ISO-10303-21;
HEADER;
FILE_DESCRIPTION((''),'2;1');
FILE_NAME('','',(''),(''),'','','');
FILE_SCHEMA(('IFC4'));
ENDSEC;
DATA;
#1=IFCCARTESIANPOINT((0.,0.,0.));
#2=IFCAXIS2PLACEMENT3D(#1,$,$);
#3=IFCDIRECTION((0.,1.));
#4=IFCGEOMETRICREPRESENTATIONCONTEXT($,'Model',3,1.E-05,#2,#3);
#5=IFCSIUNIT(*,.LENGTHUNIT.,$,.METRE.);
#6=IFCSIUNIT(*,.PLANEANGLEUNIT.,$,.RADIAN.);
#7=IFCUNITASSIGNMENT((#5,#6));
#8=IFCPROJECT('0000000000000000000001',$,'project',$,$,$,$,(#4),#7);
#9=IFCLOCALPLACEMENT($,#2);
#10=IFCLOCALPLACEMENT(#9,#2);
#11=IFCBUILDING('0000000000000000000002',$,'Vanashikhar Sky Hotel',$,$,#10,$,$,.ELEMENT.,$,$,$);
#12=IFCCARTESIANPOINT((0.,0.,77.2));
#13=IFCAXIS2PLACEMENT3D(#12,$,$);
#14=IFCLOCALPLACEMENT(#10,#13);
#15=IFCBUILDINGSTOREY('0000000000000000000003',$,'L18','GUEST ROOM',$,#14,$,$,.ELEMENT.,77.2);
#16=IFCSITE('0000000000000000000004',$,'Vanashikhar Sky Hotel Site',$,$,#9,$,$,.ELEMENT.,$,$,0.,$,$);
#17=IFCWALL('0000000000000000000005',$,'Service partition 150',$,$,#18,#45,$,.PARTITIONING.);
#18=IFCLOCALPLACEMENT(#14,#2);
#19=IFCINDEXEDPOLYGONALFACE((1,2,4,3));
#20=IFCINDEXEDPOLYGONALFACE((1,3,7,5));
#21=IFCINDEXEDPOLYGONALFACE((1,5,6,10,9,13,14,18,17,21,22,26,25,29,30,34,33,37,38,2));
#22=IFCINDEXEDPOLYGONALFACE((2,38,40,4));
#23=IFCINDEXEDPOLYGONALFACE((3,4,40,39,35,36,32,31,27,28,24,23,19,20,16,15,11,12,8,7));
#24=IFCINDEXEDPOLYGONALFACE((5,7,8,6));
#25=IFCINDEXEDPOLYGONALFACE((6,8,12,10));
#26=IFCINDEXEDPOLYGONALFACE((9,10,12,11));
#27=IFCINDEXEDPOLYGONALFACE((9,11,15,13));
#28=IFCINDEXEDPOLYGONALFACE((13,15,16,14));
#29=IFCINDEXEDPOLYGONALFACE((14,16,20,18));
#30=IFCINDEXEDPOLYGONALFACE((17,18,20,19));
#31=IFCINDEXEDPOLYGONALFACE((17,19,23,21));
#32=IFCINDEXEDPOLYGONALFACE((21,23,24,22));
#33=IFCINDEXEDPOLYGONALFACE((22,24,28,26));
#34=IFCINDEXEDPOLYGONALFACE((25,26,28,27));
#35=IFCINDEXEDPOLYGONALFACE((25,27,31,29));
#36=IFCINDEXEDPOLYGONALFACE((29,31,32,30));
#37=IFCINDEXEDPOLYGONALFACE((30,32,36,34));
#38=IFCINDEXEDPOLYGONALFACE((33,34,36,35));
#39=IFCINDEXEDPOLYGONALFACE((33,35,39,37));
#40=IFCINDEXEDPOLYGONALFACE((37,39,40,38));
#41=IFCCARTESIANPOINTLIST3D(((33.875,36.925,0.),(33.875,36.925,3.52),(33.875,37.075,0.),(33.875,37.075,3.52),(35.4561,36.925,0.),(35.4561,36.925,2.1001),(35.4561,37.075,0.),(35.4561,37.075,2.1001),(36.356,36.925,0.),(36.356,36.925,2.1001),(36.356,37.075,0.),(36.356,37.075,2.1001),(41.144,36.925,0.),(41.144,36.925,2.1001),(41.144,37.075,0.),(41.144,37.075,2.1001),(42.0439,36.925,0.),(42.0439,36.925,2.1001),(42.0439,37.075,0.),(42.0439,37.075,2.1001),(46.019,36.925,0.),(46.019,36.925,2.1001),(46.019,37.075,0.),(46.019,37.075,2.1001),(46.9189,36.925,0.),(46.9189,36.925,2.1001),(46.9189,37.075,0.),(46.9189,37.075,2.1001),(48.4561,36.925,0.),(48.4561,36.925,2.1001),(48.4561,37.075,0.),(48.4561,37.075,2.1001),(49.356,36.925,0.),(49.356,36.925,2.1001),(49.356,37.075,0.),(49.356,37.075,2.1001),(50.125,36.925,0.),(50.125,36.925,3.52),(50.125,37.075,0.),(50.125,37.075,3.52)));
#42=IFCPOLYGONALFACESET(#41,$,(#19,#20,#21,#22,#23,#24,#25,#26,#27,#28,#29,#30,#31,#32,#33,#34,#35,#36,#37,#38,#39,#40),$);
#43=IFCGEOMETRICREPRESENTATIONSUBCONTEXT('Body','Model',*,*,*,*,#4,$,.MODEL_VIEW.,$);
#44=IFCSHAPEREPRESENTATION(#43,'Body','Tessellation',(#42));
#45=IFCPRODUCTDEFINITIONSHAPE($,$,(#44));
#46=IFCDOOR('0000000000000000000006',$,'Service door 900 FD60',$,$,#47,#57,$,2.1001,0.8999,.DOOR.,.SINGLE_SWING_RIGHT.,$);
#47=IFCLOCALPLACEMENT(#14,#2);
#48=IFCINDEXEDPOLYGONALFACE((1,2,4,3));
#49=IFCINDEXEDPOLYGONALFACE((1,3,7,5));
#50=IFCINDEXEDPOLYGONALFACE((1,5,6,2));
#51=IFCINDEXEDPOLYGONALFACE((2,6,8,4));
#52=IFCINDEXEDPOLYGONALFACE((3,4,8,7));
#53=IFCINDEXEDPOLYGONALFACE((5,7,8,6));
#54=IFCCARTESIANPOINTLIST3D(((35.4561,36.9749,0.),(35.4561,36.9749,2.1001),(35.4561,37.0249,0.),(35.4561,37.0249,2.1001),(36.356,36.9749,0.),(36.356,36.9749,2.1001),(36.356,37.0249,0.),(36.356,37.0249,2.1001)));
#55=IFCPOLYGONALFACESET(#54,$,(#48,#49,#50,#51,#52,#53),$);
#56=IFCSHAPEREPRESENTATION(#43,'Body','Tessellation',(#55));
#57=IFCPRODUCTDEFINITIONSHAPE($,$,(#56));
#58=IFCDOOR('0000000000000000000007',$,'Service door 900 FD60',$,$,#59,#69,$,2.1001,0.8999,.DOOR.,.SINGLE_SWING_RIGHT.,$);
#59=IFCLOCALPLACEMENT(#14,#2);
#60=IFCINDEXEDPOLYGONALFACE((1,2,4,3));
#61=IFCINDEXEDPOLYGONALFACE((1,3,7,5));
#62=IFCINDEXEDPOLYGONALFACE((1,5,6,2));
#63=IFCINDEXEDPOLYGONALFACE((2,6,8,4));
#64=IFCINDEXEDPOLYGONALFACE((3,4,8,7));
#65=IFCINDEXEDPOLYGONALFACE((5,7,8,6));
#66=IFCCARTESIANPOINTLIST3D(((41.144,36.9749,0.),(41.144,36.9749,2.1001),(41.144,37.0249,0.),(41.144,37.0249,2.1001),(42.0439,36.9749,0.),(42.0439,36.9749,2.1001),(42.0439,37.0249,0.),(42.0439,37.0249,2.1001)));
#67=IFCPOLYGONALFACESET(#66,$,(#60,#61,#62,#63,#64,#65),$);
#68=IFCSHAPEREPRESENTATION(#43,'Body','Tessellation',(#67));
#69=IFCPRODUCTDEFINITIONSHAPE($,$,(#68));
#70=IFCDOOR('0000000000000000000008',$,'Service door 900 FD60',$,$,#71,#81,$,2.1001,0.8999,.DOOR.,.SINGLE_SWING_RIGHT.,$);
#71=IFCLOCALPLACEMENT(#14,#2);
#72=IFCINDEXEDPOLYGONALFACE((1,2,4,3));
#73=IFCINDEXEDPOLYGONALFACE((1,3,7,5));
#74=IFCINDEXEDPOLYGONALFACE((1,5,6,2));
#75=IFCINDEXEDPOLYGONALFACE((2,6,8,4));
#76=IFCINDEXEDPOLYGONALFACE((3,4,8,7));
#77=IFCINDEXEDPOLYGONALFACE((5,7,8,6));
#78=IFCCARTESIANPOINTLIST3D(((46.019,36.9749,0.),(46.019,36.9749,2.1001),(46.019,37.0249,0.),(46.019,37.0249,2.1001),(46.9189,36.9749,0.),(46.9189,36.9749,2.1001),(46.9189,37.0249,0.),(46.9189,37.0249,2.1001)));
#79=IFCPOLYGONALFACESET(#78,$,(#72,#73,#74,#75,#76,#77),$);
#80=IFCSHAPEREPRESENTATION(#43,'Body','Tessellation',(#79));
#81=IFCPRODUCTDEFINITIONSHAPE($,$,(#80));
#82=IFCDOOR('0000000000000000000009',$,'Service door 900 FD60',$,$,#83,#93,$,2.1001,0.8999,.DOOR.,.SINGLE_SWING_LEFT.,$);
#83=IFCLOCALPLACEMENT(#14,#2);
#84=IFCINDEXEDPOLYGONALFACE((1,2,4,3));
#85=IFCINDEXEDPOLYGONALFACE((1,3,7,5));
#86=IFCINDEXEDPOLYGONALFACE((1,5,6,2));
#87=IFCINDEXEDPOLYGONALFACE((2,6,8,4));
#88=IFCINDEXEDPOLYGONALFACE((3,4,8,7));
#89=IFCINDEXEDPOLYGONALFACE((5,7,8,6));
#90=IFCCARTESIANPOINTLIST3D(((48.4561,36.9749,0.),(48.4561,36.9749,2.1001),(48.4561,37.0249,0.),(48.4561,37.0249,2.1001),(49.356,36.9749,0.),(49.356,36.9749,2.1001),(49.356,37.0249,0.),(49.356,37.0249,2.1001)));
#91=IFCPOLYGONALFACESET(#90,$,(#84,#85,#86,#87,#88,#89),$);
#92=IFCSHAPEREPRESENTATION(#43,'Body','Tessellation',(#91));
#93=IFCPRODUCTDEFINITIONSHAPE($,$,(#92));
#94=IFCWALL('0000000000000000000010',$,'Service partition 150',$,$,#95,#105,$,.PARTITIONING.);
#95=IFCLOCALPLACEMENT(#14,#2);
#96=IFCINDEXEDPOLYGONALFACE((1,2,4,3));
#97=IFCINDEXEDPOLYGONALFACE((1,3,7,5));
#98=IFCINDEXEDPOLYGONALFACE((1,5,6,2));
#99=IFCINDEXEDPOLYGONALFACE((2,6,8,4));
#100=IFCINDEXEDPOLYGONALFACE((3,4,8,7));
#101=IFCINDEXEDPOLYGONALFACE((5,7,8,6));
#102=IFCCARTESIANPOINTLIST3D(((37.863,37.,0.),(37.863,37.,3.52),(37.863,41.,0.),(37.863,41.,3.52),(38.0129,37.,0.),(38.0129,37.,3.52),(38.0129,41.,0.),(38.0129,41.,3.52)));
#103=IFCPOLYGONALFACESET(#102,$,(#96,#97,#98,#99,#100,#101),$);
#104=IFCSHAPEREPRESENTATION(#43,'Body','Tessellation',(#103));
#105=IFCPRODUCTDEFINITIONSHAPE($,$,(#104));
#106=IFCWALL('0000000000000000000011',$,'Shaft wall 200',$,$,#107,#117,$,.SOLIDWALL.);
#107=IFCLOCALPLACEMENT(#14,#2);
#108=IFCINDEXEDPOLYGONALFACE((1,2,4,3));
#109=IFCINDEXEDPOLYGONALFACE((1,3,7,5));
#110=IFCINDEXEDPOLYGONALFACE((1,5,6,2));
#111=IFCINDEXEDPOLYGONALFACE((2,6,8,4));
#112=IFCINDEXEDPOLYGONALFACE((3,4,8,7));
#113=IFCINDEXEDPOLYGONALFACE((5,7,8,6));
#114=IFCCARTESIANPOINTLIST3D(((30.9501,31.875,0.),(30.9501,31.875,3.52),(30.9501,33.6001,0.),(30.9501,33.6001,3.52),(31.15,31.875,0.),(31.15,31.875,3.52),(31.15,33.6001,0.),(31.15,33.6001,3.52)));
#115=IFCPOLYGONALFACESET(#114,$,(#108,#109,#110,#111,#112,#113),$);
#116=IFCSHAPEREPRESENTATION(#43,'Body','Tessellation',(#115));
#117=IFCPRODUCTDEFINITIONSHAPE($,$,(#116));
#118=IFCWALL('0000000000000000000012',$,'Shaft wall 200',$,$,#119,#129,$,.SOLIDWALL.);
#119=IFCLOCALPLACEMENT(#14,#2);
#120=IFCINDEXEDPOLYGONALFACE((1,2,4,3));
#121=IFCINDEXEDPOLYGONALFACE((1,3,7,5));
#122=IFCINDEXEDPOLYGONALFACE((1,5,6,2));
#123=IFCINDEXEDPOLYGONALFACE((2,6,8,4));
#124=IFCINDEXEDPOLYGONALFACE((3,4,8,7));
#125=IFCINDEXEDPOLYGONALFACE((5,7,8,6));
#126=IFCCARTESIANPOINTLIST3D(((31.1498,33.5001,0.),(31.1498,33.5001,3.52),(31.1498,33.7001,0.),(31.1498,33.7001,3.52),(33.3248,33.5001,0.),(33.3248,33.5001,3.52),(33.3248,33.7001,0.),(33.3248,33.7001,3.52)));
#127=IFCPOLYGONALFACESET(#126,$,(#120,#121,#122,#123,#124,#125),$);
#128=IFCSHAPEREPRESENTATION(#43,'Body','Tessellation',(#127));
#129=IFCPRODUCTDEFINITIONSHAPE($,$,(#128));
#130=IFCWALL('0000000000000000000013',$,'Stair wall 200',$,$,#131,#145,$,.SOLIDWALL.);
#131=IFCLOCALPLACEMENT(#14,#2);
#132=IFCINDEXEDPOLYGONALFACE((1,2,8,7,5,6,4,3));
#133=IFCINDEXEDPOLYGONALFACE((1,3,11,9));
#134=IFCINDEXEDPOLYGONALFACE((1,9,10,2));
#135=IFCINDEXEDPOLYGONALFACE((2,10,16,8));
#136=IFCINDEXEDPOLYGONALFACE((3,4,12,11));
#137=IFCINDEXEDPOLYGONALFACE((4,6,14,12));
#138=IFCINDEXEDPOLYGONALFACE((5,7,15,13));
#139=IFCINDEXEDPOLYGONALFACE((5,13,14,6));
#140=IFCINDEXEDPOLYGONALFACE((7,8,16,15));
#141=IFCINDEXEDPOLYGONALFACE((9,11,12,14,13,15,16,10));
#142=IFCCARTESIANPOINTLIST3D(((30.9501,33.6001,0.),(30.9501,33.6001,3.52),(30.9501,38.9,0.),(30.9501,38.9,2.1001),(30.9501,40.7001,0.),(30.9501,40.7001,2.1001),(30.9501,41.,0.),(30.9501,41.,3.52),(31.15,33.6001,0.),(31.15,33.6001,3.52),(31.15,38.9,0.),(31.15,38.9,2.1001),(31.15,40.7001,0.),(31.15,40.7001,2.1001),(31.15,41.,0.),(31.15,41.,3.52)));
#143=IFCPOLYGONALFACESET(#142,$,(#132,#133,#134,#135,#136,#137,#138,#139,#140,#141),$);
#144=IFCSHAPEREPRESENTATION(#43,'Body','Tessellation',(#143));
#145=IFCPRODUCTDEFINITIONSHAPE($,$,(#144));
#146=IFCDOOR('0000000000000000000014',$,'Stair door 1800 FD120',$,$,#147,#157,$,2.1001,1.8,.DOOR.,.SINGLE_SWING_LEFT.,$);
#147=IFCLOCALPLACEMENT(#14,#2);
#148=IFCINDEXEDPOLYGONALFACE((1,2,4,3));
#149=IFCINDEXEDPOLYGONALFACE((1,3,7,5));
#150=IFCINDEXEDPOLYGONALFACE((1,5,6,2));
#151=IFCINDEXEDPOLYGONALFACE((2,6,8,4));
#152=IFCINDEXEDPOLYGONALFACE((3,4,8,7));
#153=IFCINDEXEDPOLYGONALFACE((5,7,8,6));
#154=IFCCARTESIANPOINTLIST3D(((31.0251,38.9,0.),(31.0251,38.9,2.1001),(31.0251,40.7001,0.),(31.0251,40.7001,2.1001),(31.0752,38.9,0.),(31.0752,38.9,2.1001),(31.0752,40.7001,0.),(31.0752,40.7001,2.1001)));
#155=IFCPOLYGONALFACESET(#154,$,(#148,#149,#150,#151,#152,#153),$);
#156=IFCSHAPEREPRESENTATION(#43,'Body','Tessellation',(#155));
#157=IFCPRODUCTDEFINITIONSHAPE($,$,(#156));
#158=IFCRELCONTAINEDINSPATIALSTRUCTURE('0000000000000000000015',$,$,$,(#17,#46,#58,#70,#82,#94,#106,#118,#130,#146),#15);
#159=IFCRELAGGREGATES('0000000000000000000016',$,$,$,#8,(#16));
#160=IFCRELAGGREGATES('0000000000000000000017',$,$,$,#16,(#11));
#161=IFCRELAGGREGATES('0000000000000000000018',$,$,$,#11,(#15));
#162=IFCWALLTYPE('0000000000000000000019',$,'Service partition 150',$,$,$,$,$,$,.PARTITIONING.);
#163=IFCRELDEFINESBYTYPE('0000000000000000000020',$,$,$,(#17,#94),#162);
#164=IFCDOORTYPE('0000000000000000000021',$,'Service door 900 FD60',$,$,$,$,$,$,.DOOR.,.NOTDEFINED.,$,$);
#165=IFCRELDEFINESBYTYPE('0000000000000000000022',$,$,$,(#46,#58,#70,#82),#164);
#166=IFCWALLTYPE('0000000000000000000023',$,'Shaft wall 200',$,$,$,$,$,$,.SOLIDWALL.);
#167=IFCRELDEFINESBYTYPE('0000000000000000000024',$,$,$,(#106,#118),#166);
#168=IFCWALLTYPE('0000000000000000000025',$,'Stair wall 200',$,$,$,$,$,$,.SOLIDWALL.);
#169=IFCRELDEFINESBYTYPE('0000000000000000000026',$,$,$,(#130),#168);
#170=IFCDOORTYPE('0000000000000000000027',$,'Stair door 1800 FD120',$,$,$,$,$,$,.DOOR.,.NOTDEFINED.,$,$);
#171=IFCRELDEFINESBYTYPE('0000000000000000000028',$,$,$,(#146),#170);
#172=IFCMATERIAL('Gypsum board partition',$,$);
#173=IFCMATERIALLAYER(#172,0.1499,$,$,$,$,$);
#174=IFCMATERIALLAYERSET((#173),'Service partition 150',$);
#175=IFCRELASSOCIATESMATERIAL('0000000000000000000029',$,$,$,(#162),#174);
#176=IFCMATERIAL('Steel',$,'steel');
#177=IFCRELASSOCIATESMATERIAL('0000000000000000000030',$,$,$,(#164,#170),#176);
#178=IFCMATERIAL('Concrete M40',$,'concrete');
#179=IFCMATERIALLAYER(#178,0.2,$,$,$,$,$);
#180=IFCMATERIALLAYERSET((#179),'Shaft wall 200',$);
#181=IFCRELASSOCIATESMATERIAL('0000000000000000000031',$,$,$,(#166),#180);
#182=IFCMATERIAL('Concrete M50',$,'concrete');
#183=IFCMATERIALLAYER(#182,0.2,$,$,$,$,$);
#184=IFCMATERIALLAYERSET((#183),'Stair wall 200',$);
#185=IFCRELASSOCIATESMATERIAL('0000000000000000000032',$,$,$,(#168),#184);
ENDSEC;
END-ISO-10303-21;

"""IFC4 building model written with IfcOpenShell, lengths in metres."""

from ifc_helpers import new_model, si_unit, direction, frame, frame_2d, origin, place, context, subcontext, project, spatial, rectangle, extrude, source, transform, mapped, material, layer, layer_set, type_object, element, fill, save


model = new_model("IFC4")

# Units and contexts
model_context = context("Model", 3, precision=1e-05, world=origin(), true_north=direction((0.0, 1.0)))
body_context = subcontext(model_context, "Body", "Model", "MODEL_VIEW")
ifc_project = project(units=[si_unit("LENGTHUNIT", "METRE"), si_unit("PLANEANGLEUNIT", "RADIAN")], contexts=[model_context])

# Site, building, storey
site_placement = place(None, origin())
site = spatial("IfcSite", under=ifc_project, at=site_placement, Name="Vanashikhar Sky Hotel Site", CompositionType="ELEMENT", RefElevation=0.0)
building_placement = place(site_placement, origin())
building = spatial("IfcBuilding", under=site, at=building_placement, Name="Vanashikhar Sky Hotel", CompositionType="ELEMENT")
storey_placement = place(building_placement, frame((0.0, 0.0, 77.2)))
storey = spatial("IfcBuildingStorey", under=building, at=storey_placement, Name="L18", Description="GUEST ROOM", CompositionType="ELEMENT", Elevation=77.2)

# Shared definitions
ifc_material_1 = material(Name="Steel", Category="steel")

# Shared definitions
ifc_material_2 = material(Name="Gypsum board partition")
ifc_layer_1 = layer(ifc_material_2, 0.1499)
ifc_layer_set_1 = layer_set([ifc_layer_1], Name="Service partition 150")
wall_type_1 = type_object("IfcWallType", Name="Service partition 150", PredefinedType="PARTITIONING", material=ifc_layer_set_1)

# Wall, openings, doors
shared_shape_1 = source(origin(), body_context, "Body", "SweptSolid", [
    extrude(rectangle(XDim=0.8999, YDim=2.1001, at=frame_2d((0.45, 1.05))), frame((0.0, 0.085, 0.0), z_axis=(0.0, -1.0, 0.0), x_axis=(1.0, 0.0, 0.0)), (0.0, 0.0, 1.0), 0.1699),
])
door_type_1 = type_object("IfcDoorType", Name="Service door 900 FD60", OperationType="NOTDEFINED", PredefinedType="DOOR", material=ifc_material_1)
shared_shape_2 = source(origin(), body_context, "Body", "SweptSolid", [
    extrude(rectangle(XDim=0.8999, YDim=2.1001, at=frame_2d((0.45, 1.05))), frame((0.0, 0.0249, 0.0), z_axis=(0.0, -1.0, 0.0), x_axis=(1.0, 0.0, 0.0)), (0.0, 0.0, 1.0), 0.05),
])
shared_shape_3 = source(origin(), body_context, "Body", "SweptSolid", [
    extrude(rectangle(XDim=16.25, YDim=0.1499, at=frame_2d((8.125, 0.0))), origin(), (0.0, 0.0, 1.0), 3.52),
])
wall_1_placement = place(storey_placement, frame((33.875, 37.0, 0.0), z_axis=(0.0, 0.0, 1.0), x_axis=(1.0, 0.0, 0.0)))
wall_1 = element("IfcWall", 1, at=wall_1_placement, inside=storey, type_object=wall_type_1, Name="Service partition 150", PredefinedType="PARTITIONING", context=body_context, shape_type="MappedRepresentation", body=[
    mapped(shared_shape_3, transform((0.0, 0.0, 0.0), scale=1.0)),
])
opening_1_placement = place(wall_1_placement, frame((1.5811, 0.0, 0.0)))
opening_1 = element("IfcOpeningElement", 2, at=opening_1_placement, cuts=wall_1, PredefinedType="OPENING", context=body_context, shape_type="MappedRepresentation", body=[
    mapped(shared_shape_1, transform((0.0, 0.0, 0.0), scale=1.0)),
])
opening_2_placement = place(wall_1_placement, frame((7.269, 0.0, 0.0)))
opening_2 = element("IfcOpeningElement", 3, at=opening_2_placement, cuts=wall_1, PredefinedType="OPENING", context=body_context, shape_type="MappedRepresentation", body=[
    mapped(shared_shape_1, transform((0.0, 0.0, 0.0), scale=1.0)),
])
opening_3_placement = place(wall_1_placement, frame((12.144, 0.0, 0.0)))
opening_3 = element("IfcOpeningElement", 4, at=opening_3_placement, cuts=wall_1, PredefinedType="OPENING", context=body_context, shape_type="MappedRepresentation", body=[
    mapped(shared_shape_1, transform((0.0, 0.0, 0.0), scale=1.0)),
])
opening_4_placement = place(wall_1_placement, frame((14.5811, 0.0, 0.0)))
opening_4 = element("IfcOpeningElement", 5, at=opening_4_placement, cuts=wall_1, PredefinedType="OPENING", context=body_context, shape_type="MappedRepresentation", body=[
    mapped(shared_shape_1, transform((0.0, 0.0, 0.0), scale=1.0)),
])
door_1_placement = place(opening_1_placement, origin())
door_1 = element("IfcDoor", 6, at=door_1_placement, inside=storey, type_object=door_type_1, Name="Service door 900 FD60", OperationType="SINGLE_SWING_RIGHT", OverallHeight=2.1001, OverallWidth=0.8999, PredefinedType="DOOR", context=body_context, shape_type="MappedRepresentation", body=[
    mapped(shared_shape_2, transform((0.0, 0.0, 0.0), scale=1.0)),
])
fill(opening_1, door_1)
door_2_placement = place(opening_2_placement, origin())
door_2 = element("IfcDoor", 7, at=door_2_placement, inside=storey, type_object=door_type_1, Name="Service door 900 FD60", OperationType="SINGLE_SWING_RIGHT", OverallHeight=2.1001, OverallWidth=0.8999, PredefinedType="DOOR", context=body_context, shape_type="MappedRepresentation", body=[
    mapped(shared_shape_2, transform((0.0, 0.0, 0.0), scale=1.0)),
])
fill(opening_2, door_2)
door_3_placement = place(opening_3_placement, origin())
door_3 = element("IfcDoor", 8, at=door_3_placement, inside=storey, type_object=door_type_1, Name="Service door 900 FD60", OperationType="SINGLE_SWING_RIGHT", OverallHeight=2.1001, OverallWidth=0.8999, PredefinedType="DOOR", context=body_context, shape_type="MappedRepresentation", body=[
    mapped(shared_shape_2, transform((0.0, 0.0, 0.0), scale=1.0)),
])
fill(opening_3, door_3)
door_4_placement = place(opening_4_placement, origin())
door_4 = element("IfcDoor", 9, at=door_4_placement, inside=storey, type_object=door_type_1, Name="Service door 900 FD60", OperationType="SINGLE_SWING_LEFT", OverallHeight=2.1001, OverallWidth=0.8999, PredefinedType="DOOR", context=body_context, shape_type="MappedRepresentation", body=[
    mapped(shared_shape_2, transform((0.0, 0.0, 0.0), scale=1.0)),
])
fill(opening_4, door_4)

# Walls
shared_shape_4 = source(origin(), body_context, "Body", "SweptSolid", [
    extrude(rectangle(XDim=4.0, YDim=0.1499, at=frame_2d((2.0, 0.0))), origin(), (0.0, 0.0, 1.0), 3.52),
])
wall_2_placement = place(storey_placement, frame((37.938, 37.0, 0.0), z_axis=(0.0, 0.0, 1.0), x_axis=(0.0, 1.0, 0.0)))
element("IfcWall", 10, at=wall_2_placement, inside=storey, type_object=wall_type_1, Name="Service partition 150", PredefinedType="PARTITIONING", context=body_context, shape_type="MappedRepresentation", body=[
    mapped(shared_shape_4, transform((0.0, 0.0, 0.0), scale=1.0)),
])
ifc_material_3 = material(Name="Concrete M40", Category="concrete")
ifc_layer_2 = layer(ifc_material_3, 0.2)
ifc_layer_set_2 = layer_set([ifc_layer_2], Name="Shaft wall 200")
wall_type_2 = type_object("IfcWallType", Name="Shaft wall 200", PredefinedType="SOLIDWALL", material=ifc_layer_set_2)
shared_shape_5 = source(origin(), body_context, "Body", "SweptSolid", [
    extrude(rectangle(XDim=1.7251, YDim=0.2, at=frame_2d((0.8625, 0.0))), origin(), (0.0, 0.0, 1.0), 3.52),
])
wall_3_placement = place(storey_placement, frame((31.05, 31.875, 0.0), z_axis=(0.0, 0.0, 1.0), x_axis=(0.0, 1.0, 0.0)))
element("IfcWall", 11, at=wall_3_placement, inside=storey, type_object=wall_type_2, Name="Shaft wall 200", PredefinedType="SOLIDWALL", context=body_context, shape_type="MappedRepresentation", body=[
    mapped(shared_shape_5, transform((0.0, 0.0, 0.0), scale=1.0)),
])
shared_shape_6 = source(origin(), body_context, "Body", "SweptSolid", [
    extrude(rectangle(XDim=2.175, YDim=0.2, at=frame_2d((1.0874, 0.0))), origin(), (0.0, 0.0, 1.0), 3.52),
])
wall_4_placement = place(storey_placement, frame((31.1499, 33.6001, 0.0), z_axis=(0.0, 0.0, 1.0), x_axis=(1.0, 0.0, 0.0)))
element("IfcWall", 12, at=wall_4_placement, inside=storey, type_object=wall_type_2, Name="Shaft wall 200", PredefinedType="SOLIDWALL", context=body_context, shape_type="MappedRepresentation", body=[
    mapped(shared_shape_6, transform((0.0, 0.0, 0.0), scale=1.0)),
])

# Wall, opening, door
ifc_material_4 = material(Name="Concrete M50", Category="concrete")
ifc_layer_3 = layer(ifc_material_4, 0.2)
ifc_layer_set_3 = layer_set([ifc_layer_3], Name="Stair wall 200")
wall_type_3 = type_object("IfcWallType", Name="Stair wall 200", PredefinedType="SOLIDWALL", material=ifc_layer_set_3)
shared_shape_7 = source(origin(), body_context, "Body", "SweptSolid", [
    extrude(rectangle(XDim=7.3999, YDim=0.2, at=frame_2d((3.7, 0.0))), origin(), (0.0, 0.0, 1.0), 3.52),
])
wall_5_placement = place(storey_placement, frame((31.05, 33.6001, 0.0), z_axis=(0.0, 0.0, 1.0), x_axis=(0.0, 1.0, 0.0)))
wall_5 = element("IfcWall", 13, at=wall_5_placement, inside=storey, type_object=wall_type_3, Name="Stair wall 200", PredefinedType="SOLIDWALL", context=body_context, shape_type="MappedRepresentation", body=[
    mapped(shared_shape_7, transform((0.0, 0.0, 0.0), scale=1.0)),
])
shared_shape_8 = source(origin(), body_context, "Body", "SweptSolid", [
    extrude(rectangle(XDim=1.8, YDim=2.1001, at=frame_2d((0.8999, 1.05))), frame((0.0, 0.1099, 0.0), z_axis=(0.0, -1.0, 0.0), x_axis=(1.0, 0.0, 0.0)), (0.0, 0.0, 1.0), 0.22),
])
opening_5_placement = place(wall_5_placement, frame((5.3, 0.0, 0.0)))
opening_5 = element("IfcOpeningElement", 14, at=opening_5_placement, cuts=wall_5, PredefinedType="OPENING", context=body_context, shape_type="MappedRepresentation", body=[
    mapped(shared_shape_8, transform((0.0, 0.0, 0.0), scale=1.0)),
])
door_type_2 = type_object("IfcDoorType", Name="Stair door 1800 FD120", OperationType="NOTDEFINED", PredefinedType="DOOR", material=ifc_material_1)
shared_shape_9 = source(origin(), body_context, "Body", "SweptSolid", [
    extrude(rectangle(XDim=1.8, YDim=2.1001, at=frame_2d((0.8999, 1.05))), frame((0.0, 0.0249, 0.0), z_axis=(0.0, -1.0, 0.0), x_axis=(1.0, 0.0, 0.0)), (0.0, 0.0, 1.0), 0.05),
])
door_5_placement = place(opening_5_placement, origin())
door_5 = element("IfcDoor", 15, at=door_5_placement, inside=storey, type_object=door_type_2, Name="Stair door 1800 FD120", OperationType="SINGLE_SWING_LEFT", OverallHeight=2.1001, OverallWidth=1.8, PredefinedType="DOOR", context=body_context, shape_type="MappedRepresentation", body=[
    mapped(shared_shape_9, transform((0.0, 0.0, 0.0), scale=1.0)),
])
fill(opening_5, door_5)

save(model, "model.ifc")
